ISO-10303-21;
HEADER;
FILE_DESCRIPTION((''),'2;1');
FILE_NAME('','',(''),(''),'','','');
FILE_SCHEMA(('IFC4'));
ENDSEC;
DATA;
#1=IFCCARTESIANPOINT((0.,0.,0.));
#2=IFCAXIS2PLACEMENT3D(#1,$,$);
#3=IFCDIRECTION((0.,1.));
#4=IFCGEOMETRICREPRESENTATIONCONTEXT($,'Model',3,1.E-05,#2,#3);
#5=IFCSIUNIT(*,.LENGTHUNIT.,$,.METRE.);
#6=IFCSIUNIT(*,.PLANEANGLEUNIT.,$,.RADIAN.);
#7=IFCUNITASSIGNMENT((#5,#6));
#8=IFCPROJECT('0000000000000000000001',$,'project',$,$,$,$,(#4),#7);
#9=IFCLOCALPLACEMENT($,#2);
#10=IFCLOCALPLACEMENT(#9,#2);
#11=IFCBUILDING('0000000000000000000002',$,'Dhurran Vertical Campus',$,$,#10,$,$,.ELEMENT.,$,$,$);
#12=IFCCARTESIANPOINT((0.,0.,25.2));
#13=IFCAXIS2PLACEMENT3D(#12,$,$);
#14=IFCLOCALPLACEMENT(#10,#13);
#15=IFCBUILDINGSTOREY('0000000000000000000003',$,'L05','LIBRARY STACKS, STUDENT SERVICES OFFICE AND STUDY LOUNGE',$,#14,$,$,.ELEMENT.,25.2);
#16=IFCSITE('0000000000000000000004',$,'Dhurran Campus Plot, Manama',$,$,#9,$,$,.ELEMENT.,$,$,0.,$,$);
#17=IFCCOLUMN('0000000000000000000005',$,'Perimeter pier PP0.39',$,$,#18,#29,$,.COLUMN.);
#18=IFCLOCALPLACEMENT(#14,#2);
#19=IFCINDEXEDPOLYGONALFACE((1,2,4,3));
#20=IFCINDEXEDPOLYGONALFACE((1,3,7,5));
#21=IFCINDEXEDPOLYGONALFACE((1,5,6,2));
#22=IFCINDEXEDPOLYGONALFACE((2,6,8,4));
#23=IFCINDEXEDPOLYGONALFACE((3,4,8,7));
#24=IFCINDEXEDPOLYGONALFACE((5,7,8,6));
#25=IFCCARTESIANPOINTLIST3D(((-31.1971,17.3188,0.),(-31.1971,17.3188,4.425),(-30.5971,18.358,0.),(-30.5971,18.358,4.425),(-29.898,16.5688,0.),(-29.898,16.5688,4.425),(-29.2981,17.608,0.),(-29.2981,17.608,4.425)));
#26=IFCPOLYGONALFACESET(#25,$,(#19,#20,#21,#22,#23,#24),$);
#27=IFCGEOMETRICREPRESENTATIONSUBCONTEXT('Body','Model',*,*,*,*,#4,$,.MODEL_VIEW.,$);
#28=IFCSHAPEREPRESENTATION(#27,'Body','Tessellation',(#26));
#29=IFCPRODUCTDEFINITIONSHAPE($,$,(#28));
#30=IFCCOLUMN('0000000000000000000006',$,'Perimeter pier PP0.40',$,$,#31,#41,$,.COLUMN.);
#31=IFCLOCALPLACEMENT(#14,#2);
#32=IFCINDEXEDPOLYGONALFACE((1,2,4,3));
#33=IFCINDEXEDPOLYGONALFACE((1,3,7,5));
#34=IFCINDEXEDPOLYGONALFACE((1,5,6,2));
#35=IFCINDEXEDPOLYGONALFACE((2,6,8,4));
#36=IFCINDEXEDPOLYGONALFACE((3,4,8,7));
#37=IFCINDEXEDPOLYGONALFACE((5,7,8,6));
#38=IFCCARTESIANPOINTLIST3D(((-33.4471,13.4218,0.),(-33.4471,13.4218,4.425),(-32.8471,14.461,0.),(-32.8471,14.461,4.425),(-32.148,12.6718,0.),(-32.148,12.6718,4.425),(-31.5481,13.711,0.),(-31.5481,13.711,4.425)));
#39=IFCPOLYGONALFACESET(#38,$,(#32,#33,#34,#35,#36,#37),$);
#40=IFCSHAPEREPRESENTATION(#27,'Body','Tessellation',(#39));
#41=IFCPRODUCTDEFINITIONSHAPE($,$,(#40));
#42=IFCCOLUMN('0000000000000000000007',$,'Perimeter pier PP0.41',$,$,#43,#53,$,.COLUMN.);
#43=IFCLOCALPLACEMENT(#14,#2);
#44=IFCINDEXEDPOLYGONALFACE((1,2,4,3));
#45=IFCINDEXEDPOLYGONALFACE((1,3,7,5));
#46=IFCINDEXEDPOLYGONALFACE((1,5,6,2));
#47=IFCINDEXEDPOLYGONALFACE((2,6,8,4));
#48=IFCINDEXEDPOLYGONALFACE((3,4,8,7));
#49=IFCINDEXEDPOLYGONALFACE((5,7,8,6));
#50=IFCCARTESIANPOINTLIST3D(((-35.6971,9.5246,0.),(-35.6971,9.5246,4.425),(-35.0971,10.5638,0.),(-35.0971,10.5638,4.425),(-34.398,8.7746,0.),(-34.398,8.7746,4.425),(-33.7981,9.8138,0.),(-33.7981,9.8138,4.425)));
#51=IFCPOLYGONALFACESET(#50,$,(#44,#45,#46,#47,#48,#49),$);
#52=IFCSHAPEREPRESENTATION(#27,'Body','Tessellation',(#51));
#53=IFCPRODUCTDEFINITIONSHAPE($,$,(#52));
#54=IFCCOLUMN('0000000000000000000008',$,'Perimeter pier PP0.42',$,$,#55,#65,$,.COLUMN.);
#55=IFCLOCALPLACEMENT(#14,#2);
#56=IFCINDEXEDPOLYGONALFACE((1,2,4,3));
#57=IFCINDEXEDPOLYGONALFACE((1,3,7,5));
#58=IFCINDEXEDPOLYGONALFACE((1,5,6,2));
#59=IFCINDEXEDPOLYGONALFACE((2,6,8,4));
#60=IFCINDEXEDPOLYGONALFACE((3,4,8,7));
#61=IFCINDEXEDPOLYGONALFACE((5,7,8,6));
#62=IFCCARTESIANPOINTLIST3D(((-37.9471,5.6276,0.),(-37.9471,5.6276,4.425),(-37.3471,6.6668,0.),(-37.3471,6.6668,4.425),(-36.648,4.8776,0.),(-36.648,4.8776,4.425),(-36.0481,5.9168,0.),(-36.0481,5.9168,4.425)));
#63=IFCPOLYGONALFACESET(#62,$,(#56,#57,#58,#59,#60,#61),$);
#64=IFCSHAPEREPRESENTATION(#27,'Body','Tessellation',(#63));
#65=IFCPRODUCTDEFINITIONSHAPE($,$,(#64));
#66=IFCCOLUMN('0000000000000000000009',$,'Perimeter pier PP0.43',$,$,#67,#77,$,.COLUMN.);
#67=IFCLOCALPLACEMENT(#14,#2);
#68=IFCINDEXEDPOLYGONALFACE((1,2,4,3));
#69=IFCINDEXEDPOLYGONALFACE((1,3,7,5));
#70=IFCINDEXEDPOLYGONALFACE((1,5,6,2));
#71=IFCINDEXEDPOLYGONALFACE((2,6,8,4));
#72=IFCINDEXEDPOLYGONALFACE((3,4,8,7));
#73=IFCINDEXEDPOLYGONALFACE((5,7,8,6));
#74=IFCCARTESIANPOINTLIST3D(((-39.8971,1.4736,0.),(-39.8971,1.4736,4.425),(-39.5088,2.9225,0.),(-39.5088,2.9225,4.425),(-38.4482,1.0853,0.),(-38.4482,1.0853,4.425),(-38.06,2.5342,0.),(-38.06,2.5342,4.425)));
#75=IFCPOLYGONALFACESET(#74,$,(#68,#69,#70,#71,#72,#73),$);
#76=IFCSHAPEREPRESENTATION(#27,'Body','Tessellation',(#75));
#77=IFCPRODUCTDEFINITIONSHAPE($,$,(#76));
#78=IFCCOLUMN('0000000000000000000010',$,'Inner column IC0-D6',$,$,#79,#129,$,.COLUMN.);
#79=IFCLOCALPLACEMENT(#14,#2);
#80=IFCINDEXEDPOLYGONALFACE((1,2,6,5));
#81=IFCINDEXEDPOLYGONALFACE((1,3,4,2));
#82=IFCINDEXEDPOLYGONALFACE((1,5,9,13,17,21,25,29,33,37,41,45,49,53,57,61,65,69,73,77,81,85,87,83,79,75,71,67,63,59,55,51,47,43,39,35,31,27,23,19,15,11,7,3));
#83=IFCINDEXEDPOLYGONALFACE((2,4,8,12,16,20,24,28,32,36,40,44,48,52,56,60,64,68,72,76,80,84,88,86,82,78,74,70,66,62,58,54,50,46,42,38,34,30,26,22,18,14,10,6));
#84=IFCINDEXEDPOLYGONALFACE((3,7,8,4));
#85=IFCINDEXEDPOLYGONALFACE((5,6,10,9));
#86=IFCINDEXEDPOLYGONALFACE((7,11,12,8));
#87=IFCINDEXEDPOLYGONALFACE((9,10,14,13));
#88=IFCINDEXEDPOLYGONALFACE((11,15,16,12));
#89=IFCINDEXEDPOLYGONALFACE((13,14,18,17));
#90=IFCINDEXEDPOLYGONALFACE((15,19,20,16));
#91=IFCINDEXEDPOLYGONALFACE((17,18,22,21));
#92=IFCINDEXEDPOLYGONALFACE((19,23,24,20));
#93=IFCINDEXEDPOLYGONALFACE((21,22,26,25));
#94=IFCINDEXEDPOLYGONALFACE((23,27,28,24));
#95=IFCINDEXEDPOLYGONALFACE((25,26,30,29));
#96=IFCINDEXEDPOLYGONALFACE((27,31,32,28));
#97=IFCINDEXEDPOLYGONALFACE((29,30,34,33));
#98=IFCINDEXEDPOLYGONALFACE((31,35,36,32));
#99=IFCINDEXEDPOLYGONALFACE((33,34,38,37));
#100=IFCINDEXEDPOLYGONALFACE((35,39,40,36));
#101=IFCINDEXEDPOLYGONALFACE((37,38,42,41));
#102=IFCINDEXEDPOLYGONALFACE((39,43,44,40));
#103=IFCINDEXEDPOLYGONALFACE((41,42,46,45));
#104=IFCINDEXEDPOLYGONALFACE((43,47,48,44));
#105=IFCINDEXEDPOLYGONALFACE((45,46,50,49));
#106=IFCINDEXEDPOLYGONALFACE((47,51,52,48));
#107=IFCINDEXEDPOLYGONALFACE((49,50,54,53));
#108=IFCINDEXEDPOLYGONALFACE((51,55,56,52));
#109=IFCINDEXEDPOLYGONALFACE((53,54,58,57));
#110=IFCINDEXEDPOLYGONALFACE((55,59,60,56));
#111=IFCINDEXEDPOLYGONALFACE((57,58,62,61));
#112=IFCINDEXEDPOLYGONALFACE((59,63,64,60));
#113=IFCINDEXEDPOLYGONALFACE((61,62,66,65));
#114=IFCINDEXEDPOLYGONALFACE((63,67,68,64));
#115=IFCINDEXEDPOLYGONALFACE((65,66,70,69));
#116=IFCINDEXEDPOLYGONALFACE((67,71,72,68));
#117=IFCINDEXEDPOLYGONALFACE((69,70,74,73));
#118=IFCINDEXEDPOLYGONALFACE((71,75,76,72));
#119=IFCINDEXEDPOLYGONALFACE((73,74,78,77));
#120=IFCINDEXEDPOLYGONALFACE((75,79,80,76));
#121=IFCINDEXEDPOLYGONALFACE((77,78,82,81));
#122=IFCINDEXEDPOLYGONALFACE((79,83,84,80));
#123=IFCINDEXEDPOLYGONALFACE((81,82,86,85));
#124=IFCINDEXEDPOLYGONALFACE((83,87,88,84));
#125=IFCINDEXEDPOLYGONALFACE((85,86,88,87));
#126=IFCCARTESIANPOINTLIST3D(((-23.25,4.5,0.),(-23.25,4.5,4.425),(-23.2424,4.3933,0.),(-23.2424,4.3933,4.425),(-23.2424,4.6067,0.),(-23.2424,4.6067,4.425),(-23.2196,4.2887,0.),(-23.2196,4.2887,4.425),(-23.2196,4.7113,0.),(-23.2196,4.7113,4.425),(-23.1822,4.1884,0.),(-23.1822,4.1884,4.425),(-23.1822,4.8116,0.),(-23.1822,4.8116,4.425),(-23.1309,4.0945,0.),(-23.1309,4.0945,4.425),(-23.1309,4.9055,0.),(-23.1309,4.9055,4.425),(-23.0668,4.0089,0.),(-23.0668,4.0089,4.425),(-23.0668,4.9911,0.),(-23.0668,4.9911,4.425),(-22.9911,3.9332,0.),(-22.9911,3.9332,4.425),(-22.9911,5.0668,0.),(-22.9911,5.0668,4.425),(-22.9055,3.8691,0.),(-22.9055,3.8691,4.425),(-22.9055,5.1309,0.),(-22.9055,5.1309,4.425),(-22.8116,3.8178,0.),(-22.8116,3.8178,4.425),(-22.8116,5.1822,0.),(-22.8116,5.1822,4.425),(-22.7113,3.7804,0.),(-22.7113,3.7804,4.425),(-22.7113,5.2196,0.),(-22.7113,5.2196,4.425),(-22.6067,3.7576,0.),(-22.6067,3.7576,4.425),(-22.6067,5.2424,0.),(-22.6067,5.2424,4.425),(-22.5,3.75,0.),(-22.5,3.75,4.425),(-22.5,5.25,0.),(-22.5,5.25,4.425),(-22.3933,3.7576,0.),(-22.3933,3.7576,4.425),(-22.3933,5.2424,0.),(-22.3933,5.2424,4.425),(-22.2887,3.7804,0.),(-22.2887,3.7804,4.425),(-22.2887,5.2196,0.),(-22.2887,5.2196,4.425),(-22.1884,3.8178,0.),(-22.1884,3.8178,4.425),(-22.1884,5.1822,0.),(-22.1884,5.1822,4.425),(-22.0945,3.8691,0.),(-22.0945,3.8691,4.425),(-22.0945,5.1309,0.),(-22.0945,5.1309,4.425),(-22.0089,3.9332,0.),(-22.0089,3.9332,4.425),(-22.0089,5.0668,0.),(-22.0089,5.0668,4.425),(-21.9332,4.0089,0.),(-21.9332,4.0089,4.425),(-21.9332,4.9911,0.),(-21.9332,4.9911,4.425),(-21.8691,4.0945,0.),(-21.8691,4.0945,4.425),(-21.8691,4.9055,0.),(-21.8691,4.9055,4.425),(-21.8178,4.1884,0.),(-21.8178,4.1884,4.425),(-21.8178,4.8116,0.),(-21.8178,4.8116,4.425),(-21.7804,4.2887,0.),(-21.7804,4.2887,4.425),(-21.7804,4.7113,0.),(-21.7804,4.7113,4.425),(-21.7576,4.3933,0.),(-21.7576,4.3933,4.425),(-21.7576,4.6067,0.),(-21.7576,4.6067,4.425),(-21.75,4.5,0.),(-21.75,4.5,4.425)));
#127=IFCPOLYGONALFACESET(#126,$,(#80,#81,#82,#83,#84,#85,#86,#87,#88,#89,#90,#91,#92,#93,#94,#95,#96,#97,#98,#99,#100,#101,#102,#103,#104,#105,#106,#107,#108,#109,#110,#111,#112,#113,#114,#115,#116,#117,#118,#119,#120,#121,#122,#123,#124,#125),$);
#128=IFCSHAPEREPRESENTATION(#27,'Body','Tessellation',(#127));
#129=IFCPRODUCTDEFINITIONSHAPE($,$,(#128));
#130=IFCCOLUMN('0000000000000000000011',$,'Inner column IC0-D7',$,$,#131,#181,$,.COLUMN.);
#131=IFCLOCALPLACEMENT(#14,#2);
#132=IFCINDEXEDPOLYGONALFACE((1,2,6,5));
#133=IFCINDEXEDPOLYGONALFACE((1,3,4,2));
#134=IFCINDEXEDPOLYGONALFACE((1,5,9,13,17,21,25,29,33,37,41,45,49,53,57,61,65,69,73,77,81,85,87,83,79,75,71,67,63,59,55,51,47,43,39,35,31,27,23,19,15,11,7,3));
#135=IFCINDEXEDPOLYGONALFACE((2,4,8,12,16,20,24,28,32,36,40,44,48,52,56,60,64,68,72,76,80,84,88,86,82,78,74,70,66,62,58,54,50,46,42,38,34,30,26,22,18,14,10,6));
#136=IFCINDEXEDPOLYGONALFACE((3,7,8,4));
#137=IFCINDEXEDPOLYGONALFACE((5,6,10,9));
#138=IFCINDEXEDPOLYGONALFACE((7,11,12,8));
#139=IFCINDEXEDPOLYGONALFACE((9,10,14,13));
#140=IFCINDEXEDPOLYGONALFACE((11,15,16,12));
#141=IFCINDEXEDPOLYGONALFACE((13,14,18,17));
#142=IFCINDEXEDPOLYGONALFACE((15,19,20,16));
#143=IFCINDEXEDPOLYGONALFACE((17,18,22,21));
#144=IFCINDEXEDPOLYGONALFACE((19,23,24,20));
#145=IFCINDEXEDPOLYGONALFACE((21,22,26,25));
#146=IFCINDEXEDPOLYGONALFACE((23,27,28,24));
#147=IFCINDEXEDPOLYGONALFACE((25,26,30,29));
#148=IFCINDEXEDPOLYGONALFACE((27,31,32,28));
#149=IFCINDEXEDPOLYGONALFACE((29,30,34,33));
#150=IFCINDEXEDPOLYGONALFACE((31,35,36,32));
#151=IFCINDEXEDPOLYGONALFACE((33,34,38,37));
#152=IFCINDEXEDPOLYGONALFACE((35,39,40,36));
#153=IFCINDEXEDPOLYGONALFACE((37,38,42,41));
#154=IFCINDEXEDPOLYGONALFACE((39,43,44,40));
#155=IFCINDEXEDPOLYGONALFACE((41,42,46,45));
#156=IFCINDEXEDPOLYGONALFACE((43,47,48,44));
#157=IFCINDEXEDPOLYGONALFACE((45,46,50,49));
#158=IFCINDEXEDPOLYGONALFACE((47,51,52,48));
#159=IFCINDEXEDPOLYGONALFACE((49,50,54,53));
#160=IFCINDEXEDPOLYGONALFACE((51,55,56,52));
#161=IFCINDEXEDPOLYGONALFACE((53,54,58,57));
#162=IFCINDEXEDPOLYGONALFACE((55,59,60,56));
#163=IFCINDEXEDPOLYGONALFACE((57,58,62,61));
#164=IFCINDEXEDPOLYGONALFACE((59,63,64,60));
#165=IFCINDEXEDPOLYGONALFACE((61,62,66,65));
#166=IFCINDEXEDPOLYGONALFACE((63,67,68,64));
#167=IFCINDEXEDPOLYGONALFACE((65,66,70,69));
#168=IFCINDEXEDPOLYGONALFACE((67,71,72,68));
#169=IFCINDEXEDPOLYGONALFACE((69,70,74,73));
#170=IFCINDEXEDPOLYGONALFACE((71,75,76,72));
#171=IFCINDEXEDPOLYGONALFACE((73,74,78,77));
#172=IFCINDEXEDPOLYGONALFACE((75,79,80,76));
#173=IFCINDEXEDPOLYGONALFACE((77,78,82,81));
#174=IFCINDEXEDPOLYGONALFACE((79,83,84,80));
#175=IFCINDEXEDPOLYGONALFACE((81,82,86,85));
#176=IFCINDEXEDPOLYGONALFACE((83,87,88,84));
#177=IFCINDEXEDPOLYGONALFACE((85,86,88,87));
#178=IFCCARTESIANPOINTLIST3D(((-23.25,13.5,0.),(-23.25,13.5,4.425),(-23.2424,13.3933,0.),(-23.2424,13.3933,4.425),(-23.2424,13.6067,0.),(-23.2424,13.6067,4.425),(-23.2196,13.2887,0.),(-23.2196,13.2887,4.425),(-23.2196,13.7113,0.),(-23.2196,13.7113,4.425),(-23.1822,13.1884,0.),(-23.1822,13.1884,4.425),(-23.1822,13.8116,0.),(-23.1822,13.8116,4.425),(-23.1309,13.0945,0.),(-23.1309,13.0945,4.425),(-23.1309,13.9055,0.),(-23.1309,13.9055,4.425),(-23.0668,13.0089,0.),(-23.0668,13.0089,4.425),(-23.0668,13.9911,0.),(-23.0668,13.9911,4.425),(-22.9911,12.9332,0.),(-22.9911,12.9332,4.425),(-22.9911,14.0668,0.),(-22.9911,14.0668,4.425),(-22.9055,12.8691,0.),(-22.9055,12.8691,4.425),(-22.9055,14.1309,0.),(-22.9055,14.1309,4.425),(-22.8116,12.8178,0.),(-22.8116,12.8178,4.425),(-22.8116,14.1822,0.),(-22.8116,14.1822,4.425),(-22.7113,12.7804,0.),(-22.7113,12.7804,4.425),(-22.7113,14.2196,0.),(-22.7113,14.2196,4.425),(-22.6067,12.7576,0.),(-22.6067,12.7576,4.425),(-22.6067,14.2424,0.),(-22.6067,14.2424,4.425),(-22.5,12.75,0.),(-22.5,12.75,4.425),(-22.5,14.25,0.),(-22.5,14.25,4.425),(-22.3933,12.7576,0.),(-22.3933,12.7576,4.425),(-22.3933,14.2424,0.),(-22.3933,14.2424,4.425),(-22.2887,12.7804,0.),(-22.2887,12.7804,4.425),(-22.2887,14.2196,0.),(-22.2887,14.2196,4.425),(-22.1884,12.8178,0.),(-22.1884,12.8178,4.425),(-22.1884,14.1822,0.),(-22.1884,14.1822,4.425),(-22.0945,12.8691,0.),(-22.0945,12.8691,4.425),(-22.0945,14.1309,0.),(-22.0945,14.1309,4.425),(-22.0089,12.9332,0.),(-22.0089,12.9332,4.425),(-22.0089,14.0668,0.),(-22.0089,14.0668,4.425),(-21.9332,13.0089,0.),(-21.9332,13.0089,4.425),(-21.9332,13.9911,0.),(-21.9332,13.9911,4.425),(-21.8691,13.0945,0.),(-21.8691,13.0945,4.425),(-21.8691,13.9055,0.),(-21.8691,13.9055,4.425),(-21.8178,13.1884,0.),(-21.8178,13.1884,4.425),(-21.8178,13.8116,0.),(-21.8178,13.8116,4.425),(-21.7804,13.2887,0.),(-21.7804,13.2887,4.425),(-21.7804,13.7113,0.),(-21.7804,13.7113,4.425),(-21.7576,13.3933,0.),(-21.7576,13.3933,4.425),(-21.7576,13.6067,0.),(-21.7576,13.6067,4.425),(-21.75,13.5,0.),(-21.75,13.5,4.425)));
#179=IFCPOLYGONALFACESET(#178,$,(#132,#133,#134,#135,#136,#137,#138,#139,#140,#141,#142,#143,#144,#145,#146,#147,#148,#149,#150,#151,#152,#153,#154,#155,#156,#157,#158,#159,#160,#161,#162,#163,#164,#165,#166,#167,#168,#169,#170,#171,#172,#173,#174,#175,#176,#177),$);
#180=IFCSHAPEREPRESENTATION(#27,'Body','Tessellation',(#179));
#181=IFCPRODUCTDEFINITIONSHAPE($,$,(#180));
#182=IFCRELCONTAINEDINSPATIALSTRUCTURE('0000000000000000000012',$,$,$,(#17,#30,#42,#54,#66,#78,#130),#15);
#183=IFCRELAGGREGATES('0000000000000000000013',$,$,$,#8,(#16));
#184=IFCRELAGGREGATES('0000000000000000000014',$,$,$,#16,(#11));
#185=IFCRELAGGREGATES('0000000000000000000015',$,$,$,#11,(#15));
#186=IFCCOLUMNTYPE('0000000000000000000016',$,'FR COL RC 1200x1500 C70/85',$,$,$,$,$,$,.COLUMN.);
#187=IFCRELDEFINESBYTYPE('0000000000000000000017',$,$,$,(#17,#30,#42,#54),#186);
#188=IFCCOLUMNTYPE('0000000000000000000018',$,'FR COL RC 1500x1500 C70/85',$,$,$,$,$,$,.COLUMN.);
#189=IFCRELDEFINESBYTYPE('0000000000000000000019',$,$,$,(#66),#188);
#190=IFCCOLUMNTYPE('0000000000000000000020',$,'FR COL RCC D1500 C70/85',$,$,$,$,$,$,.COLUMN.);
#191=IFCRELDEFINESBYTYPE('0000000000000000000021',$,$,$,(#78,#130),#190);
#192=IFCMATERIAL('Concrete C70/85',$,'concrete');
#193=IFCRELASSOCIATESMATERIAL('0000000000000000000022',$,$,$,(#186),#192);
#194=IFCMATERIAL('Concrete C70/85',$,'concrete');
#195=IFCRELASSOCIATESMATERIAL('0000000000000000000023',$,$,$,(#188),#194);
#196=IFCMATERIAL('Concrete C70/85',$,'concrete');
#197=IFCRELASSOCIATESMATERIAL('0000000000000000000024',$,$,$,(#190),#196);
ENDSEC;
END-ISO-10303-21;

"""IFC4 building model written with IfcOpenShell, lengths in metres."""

from ifc_helpers import new_model, si_unit, direction, frame, origin, origin_2d, place, context, subcontext, project, spatial, rectangle, circle, extrude, material, material_profile, profile_set, type_object, element, save


model = new_model("IFC4")

# Units and contexts
model_context = context("Model", 3, precision=1e-05, world=origin(), true_north=direction((0.0, 1.0)))
body_context = subcontext(model_context, "Body", "Model", "MODEL_VIEW")
ifc_project = project(units=[si_unit("LENGTHUNIT", "METRE"), si_unit("PLANEANGLEUNIT", "RADIAN")], contexts=[model_context])

# Site, building, storey
site_placement = place(None, origin())
site = spatial("IfcSite", under=ifc_project, at=site_placement, Name="Dhurran Campus Plot, Manama", CompositionType="ELEMENT", RefElevation=0.0)
building_placement = place(site_placement, origin())
building = spatial("IfcBuilding", under=site, at=building_placement, Name="Dhurran Vertical Campus", CompositionType="ELEMENT")
storey_placement = place(building_placement, frame((0.0, 0.0, 25.2)))
storey = spatial("IfcBuildingStorey", under=building, at=storey_placement, Name="L05", Description="LIBRARY STACKS, STUDENT SERVICES OFFICE AND STUDY LOUNGE", CompositionType="ELEMENT", Elevation=25.2)

# Columns
ifc_material_1 = material(Name="Concrete C70/85", Category="concrete")
ifc_material_profile_1 = material_profile(ifc_material_1, rectangle(XDim=1.2, YDim=1.5, at=origin_2d()), Name="RC 1200x1500")
ifc_profile_set_1 = profile_set([ifc_material_profile_1], Name="Concrete C70/85")
column_type_1 = type_object("IfcColumnType", Name="FR COL RC 1200x1500 C70/85", PredefinedType="COLUMN", material=ifc_profile_set_1)
for number, where, z_axis, x_axis, name in (
    (1, (-30.2476, 17.4634, 0.0), (0.0, 0.0, 1.0), (-0.5, -0.866025, 0.0), "Perimeter pier PP0.39"),
    (2, (-32.4976, 13.5664, 0.0), (0.0, 0.0, 1.0), (-0.5, -0.866025, 0.0), "Perimeter pier PP0.40"),
    (3, (-34.7476, 9.6692, 0.0), (0.0, 0.0, 1.0), (-0.5, -0.866025, 0.0), "Perimeter pier PP0.41"),
    (4, (-36.9976, 5.7722, 0.0), (0.0, 0.0, 1.0), (-0.5, -0.866025, 0.0), "Perimeter pier PP0.42"),
):
    element("IfcColumn", number, at=place(storey_placement, frame(where, z_axis=z_axis, x_axis=x_axis)), inside=storey, type_object=column_type_1, Name=name, PredefinedType="COLUMN", context=body_context, shape_type="SweptSolid", body=[
        extrude(rectangle(XDim=1.2, YDim=1.5, at=origin_2d()), origin(), (0.0, 0.0, 1.0), 4.425),
    ])
ifc_material_2 = material(Name="Concrete C70/85", Category="concrete")
ifc_material_profile_2 = material_profile(ifc_material_2, rectangle(XDim=1.5, YDim=1.5, at=origin_2d()), Name="RC 1500x1500")
ifc_profile_set_2 = profile_set([ifc_material_profile_2], Name="Concrete C70/85")
column_type_2 = type_object("IfcColumnType", Name="FR COL RC 1500x1500 C70/85", PredefinedType="COLUMN", material=ifc_profile_set_2)
column_placement = place(storey_placement, frame((-38.9785, 2.0039, 0.0), z_axis=(0.0, 0.0, 1.0), x_axis=(-0.258819, -0.965926, 0.0)))
element("IfcColumn", 5, at=column_placement, inside=storey, type_object=column_type_2, Name="Perimeter pier PP0.43", PredefinedType="COLUMN", context=body_context, shape_type="SweptSolid", body=[
    extrude(rectangle(XDim=1.5, YDim=1.5, at=origin_2d()), origin(), (0.0, 0.0, 1.0), 4.425),
])
ifc_material_3 = material(Name="Concrete C70/85", Category="concrete")
ifc_material_profile_3 = material_profile(ifc_material_3, circle(Radius=0.75, at=origin_2d()), Name="RCC D1500")
ifc_profile_set_3 = profile_set([ifc_material_profile_3], Name="Concrete C70/85")
column_type_3 = type_object("IfcColumnType", Name="FR COL RCC D1500 C70/85", PredefinedType="COLUMN", material=ifc_profile_set_3)
for number, where, z_axis, x_axis, name in (
    (6, (-22.5, 4.5, 0.0), (0.0, 0.0, 1.0), (1.0, 0.0, 0.0), "Inner column IC0-D6"),
    (7, (-22.5, 13.5, 0.0), (0.0, 0.0, 1.0), (1.0, 0.0, 0.0), "Inner column IC0-D7"),
):
    element("IfcColumn", number, at=place(storey_placement, frame(where, z_axis=z_axis, x_axis=x_axis)), inside=storey, type_object=column_type_3, Name=name, PredefinedType="COLUMN", context=body_context, shape_type="SweptSolid", body=[
        extrude(circle(Radius=0.75, at=origin_2d()), origin(), (0.0, 0.0, 1.0), 4.425),
    ])

save(model, "model.ifc")
